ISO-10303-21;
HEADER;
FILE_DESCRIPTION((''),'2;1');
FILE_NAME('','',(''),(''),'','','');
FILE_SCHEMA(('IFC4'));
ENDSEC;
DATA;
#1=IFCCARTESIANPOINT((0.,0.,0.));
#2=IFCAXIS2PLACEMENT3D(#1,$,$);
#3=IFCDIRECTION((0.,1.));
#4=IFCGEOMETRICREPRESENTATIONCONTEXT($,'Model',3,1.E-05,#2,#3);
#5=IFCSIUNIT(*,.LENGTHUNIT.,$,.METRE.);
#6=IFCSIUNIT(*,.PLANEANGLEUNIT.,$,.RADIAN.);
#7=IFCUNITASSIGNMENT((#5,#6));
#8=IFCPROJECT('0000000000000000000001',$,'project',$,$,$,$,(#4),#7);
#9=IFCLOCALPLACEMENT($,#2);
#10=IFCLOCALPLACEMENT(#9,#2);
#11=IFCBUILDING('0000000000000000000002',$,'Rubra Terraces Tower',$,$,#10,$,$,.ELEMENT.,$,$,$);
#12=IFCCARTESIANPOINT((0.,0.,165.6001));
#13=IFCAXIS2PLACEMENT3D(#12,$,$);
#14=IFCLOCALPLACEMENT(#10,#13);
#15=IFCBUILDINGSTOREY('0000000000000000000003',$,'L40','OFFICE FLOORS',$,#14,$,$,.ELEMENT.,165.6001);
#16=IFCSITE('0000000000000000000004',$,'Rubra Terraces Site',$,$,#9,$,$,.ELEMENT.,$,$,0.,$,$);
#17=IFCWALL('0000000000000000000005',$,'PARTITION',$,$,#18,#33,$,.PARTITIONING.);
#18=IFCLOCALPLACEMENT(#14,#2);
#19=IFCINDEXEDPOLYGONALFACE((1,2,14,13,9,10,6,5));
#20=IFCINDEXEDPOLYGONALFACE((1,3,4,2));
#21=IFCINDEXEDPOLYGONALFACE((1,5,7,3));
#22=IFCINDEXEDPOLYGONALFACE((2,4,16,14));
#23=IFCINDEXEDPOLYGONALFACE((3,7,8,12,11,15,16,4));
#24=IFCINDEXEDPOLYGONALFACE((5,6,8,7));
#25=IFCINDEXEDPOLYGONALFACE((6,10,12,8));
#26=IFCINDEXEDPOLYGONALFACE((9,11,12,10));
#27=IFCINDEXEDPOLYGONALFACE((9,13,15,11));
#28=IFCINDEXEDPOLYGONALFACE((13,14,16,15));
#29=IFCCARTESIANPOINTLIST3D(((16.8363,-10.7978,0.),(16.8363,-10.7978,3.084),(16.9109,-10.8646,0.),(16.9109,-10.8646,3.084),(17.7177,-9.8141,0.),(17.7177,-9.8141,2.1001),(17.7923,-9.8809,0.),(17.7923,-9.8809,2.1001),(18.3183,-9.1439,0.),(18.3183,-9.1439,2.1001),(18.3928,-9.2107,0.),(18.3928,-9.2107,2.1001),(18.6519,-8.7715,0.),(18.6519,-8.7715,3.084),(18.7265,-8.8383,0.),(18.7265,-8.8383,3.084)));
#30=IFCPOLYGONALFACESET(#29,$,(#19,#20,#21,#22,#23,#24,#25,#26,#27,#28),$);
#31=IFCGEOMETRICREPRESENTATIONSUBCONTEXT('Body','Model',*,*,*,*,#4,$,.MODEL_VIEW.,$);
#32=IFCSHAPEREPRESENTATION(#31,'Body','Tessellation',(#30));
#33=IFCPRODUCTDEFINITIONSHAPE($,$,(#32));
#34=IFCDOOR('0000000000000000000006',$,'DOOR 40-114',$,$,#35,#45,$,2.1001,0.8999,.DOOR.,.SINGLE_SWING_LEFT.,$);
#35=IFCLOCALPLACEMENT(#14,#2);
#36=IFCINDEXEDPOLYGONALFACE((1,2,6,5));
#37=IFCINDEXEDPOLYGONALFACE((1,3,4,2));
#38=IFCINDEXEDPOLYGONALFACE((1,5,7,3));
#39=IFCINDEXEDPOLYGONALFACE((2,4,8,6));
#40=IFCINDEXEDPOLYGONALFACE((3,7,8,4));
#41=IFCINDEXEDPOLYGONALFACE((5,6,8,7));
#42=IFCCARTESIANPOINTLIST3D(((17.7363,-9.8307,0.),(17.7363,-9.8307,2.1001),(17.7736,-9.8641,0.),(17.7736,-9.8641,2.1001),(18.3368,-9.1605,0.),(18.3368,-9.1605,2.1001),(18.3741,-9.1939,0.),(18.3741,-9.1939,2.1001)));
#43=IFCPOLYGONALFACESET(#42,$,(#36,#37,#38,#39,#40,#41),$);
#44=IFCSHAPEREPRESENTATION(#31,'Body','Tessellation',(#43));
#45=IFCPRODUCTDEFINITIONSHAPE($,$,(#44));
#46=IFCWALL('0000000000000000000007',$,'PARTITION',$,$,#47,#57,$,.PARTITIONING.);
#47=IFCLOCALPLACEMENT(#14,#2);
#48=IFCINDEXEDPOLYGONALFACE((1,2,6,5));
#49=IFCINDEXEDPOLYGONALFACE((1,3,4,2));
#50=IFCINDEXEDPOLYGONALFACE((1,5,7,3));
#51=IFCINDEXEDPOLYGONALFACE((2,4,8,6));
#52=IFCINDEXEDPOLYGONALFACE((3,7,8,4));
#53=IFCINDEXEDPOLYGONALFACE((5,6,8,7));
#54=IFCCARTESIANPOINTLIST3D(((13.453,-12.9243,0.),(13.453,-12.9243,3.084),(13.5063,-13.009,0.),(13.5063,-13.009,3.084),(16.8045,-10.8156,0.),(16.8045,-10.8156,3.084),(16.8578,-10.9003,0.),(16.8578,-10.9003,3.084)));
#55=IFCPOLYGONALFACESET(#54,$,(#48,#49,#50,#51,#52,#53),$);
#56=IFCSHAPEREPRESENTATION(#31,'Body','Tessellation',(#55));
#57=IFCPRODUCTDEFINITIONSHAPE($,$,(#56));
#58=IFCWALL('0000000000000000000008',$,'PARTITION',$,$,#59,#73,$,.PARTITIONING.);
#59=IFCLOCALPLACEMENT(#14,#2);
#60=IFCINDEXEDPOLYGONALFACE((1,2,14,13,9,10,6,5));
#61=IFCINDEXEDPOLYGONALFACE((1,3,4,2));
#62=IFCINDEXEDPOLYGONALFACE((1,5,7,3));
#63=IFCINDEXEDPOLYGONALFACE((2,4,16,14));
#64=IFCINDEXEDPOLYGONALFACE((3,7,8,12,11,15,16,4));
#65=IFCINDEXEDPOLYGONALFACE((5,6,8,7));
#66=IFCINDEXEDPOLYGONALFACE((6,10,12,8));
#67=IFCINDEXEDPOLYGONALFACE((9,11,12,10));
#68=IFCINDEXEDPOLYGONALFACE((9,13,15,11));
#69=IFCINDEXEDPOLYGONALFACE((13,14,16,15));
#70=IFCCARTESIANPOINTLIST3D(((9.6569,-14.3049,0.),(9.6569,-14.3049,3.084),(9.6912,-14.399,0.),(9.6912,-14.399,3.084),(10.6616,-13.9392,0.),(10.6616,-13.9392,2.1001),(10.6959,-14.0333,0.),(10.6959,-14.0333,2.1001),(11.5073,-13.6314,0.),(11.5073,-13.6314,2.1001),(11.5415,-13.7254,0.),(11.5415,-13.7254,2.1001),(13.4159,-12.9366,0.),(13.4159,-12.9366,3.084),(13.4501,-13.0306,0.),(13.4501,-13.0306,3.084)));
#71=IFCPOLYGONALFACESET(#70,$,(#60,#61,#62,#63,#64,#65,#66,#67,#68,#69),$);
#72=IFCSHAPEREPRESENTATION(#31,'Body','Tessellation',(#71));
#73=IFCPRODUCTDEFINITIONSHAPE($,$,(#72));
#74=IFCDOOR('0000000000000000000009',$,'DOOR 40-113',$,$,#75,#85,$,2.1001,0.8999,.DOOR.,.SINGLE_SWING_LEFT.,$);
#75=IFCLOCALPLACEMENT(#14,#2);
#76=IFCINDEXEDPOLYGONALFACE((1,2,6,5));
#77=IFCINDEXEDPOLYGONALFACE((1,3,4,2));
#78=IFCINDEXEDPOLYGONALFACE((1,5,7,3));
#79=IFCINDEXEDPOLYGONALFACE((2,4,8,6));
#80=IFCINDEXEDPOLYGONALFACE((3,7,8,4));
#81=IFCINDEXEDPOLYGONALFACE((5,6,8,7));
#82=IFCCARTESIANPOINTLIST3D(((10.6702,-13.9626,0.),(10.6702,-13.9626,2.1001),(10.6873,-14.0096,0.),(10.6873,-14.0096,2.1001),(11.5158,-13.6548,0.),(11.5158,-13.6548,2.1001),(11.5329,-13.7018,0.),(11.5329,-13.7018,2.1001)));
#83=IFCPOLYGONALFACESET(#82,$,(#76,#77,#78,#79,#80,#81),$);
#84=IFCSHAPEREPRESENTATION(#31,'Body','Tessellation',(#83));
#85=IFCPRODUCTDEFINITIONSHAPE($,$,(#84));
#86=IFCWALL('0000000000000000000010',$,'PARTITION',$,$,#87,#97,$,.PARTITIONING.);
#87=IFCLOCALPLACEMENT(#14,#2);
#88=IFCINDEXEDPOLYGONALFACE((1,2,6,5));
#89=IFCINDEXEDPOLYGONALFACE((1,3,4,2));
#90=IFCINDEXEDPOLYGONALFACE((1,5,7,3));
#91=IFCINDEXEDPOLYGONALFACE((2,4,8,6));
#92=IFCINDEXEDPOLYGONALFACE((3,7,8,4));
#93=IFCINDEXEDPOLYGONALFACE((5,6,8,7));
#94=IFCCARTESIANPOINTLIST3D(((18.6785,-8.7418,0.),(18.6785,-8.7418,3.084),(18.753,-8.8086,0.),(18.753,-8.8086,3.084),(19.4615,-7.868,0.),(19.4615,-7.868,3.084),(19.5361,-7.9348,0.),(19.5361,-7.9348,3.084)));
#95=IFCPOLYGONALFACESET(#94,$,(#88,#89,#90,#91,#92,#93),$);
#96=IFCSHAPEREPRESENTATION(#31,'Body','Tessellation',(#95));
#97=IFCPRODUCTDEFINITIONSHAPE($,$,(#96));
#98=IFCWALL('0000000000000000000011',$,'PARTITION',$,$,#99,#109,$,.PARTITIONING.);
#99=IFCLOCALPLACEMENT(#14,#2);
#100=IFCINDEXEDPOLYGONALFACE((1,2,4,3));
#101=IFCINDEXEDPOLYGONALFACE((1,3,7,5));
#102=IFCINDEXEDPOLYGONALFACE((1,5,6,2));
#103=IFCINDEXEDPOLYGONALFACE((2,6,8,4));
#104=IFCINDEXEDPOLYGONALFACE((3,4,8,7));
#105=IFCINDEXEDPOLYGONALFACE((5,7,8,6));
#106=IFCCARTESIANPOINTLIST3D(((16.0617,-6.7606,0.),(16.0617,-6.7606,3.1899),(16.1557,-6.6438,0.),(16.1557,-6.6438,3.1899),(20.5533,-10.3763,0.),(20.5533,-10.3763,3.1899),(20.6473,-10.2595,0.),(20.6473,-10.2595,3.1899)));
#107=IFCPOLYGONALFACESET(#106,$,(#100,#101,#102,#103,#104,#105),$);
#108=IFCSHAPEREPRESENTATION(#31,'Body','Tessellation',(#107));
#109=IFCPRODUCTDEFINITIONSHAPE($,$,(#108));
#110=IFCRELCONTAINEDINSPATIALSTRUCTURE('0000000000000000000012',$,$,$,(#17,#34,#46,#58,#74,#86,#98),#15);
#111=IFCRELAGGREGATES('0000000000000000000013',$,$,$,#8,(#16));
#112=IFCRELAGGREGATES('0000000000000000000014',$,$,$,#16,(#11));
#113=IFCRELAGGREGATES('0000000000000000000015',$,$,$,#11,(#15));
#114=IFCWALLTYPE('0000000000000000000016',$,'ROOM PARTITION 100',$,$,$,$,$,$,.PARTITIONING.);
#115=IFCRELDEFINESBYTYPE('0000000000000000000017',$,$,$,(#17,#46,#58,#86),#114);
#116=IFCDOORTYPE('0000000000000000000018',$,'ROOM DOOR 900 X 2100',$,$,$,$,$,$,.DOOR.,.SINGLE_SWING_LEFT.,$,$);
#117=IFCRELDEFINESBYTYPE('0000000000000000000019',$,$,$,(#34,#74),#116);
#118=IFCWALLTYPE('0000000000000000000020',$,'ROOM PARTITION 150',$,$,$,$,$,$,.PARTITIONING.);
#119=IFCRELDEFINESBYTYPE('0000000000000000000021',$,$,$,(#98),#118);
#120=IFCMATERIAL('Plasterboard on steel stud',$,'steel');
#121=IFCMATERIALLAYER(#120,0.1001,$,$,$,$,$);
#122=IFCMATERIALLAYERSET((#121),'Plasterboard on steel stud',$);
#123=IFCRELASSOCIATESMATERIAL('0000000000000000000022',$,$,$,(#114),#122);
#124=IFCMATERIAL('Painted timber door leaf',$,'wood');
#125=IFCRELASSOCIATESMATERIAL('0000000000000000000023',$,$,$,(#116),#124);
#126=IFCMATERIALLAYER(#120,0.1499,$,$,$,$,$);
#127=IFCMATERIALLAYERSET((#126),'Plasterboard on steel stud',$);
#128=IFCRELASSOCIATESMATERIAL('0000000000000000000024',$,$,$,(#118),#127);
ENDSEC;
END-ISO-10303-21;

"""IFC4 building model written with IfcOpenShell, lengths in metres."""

from ifc_helpers import new_model, si_unit, direction, frame, frame_2d, origin, place, context, subcontext, project, spatial, rectangle, extrude, material, layer, layer_set, type_object, element, fill, save


model = new_model("IFC4")

# Units and contexts
model_context = context("Model", 3, precision=1e-05, world=origin(), true_north=direction((0.0, 1.0)))
body_context = subcontext(model_context, "Body", "Model", "MODEL_VIEW")
ifc_project = project(units=[si_unit("LENGTHUNIT", "METRE"), si_unit("PLANEANGLEUNIT", "RADIAN")], contexts=[model_context])

# Site, building, storey
site_placement = place(None, origin())
site = spatial("IfcSite", under=ifc_project, at=site_placement, Name="Rubra Terraces Site", CompositionType="ELEMENT", RefElevation=0.0)
building_placement = place(site_placement, origin())
building = spatial("IfcBuilding", under=site, at=building_placement, Name="Rubra Terraces Tower", CompositionType="ELEMENT")
storey_placement = place(building_placement, frame((0.0, 0.0, 165.6001)))
storey = spatial("IfcBuildingStorey", under=building, at=storey_placement, Name="L40", Description="OFFICE FLOORS", CompositionType="ELEMENT", Elevation=165.6001)

# Wall, opening, door
ifc_material_1 = material(Name="Plasterboard on steel stud", Category="steel")
ifc_layer_1 = layer(ifc_material_1, 0.1001)
ifc_layer_set_1 = layer_set([ifc_layer_1], Name="Plasterboard on steel stud")
wall_type_1 = type_object("IfcWallType", Name="ROOM PARTITION 100", PredefinedType="PARTITIONING", material=ifc_layer_set_1)
wall_1_placement = place(storey_placement, frame((18.6892, -8.8049, 0.0), z_axis=(0.0, 0.0, 1.0), x_axis=(-0.667327, -0.744765, 0.0)))
wall_1 = element("IfcWall", 1, at=wall_1_placement, inside=storey, type_object=wall_type_1, Name="PARTITION", PredefinedType="PARTITIONING", context=body_context, shape_type="SweptSolid", body=[
    extrude(rectangle(XDim=2.7207, YDim=0.1001, at=frame_2d((1.3604, 0.0))), origin(), (0.0, 0.0, 1.0), 3.084),
])
opening_1_placement = place(wall_1_placement, frame((0.5, 0.0, 0.0)))
opening_1 = element("IfcOpeningElement", 2, at=opening_1_placement, cuts=wall_1, PredefinedType="OPENING", context=body_context, shape_type="SweptSolid", body=[
    extrude(rectangle(XDim=0.8999, YDim=2.1001, at=frame_2d((0.45, 1.05))), frame((0.0, 0.0601, 0.0), z_axis=(0.0, -1.0, 0.0), x_axis=(1.0, 0.0, 0.0)), (0.0, 0.0, 1.0), 0.1201),
])
ifc_material_2 = material(Name="Painted timber door leaf", Category="wood")
door_type = type_object("IfcDoorType", Name="ROOM DOOR 900 X 2100", OperationType="SINGLE_SWING_LEFT", PredefinedType="DOOR", material=ifc_material_2)
door_1_placement = place(opening_1_placement, origin())
door_1 = element("IfcDoor", 3, at=door_1_placement, inside=storey, type_object=door_type, Name="DOOR 40-114", OperationType="SINGLE_SWING_LEFT", OverallHeight=2.1001, OverallWidth=0.8999, PredefinedType="DOOR", context=body_context, shape_type="SweptSolid", body=[
    extrude(rectangle(XDim=0.8999, YDim=2.1001, at=frame_2d((0.45, 1.05))), frame((0.0, 0.0249, 0.0), z_axis=(0.0, -1.0, 0.0), x_axis=(1.0, 0.0, 0.0)), (0.0, 0.0, 1.0), 0.05),
])
fill(opening_1, door_1)

# Wall
wall_2_placement = place(storey_placement, frame((16.8313, -10.8579, 0.0), z_axis=(0.0, 0.0, 1.0), x_axis=(-0.846415, -0.532524, 0.0)))
element("IfcWall", 4, at=wall_2_placement, inside=storey, type_object=wall_type_1, Name="PARTITION", PredefinedType="PARTITIONING", context=body_context, shape_type="SweptSolid", body=[
    extrude(rectangle(XDim=3.9597, YDim=0.1001, at=frame_2d((1.98, 0.0))), origin(), (0.0, 0.0, 1.0), 3.084),
])

# Wall, opening, door
wall_3_placement = place(storey_placement, frame((13.4329, -12.9836, 0.0), z_axis=(0.0, 0.0, 1.0), x_axis=(-0.939674, -0.342071, 0.0)))
wall_3 = element("IfcWall", 5, at=wall_3_placement, inside=storey, type_object=wall_type_1, Name="PARTITION", PredefinedType="PARTITIONING", context=body_context, shape_type="SweptSolid", body=[
    extrude(rectangle(XDim=4.0002, YDim=0.1001, at=frame_2d((2.0, 0.0))), origin(), (0.0, 0.0, 1.0), 3.084),
])
opening_2_placement = place(wall_3_placement, frame((2.031, 0.0, 0.0)))
opening_2 = element("IfcOpeningElement", 6, at=opening_2_placement, cuts=wall_3, PredefinedType="OPENING", context=body_context, shape_type="SweptSolid", body=[
    extrude(rectangle(XDim=0.8999, YDim=2.1001, at=frame_2d((0.45, 1.05))), frame((0.0, 0.0601, 0.0), z_axis=(0.0, -1.0, 0.0), x_axis=(1.0, 0.0, 0.0)), (0.0, 0.0, 1.0), 0.1201),
])
door_2_placement = place(opening_2_placement, origin())
door_2 = element("IfcDoor", 7, at=door_2_placement, inside=storey, type_object=door_type, Name="DOOR 40-113", OperationType="SINGLE_SWING_LEFT", OverallHeight=2.1001, OverallWidth=0.8999, PredefinedType="DOOR", context=body_context, shape_type="SweptSolid", body=[
    extrude(rectangle(XDim=0.8999, YDim=2.1001, at=frame_2d((0.45, 1.05))), frame((0.0, 0.0249, 0.0), z_axis=(0.0, -1.0, 0.0), x_axis=(1.0, 0.0, 0.0)), (0.0, 0.0, 1.0), 0.05),
])
fill(opening_2, door_2)

# Walls
wall_4_placement = place(storey_placement, frame((19.4988, -7.9014, 0.0), z_axis=(0.0, 0.0, 1.0), x_axis=(-0.667342, -0.744751, 0.0)))
element("IfcWall", 8, at=wall_4_placement, inside=storey, type_object=wall_type_1, Name="PARTITION", PredefinedType="PARTITIONING", context=body_context, shape_type="SweptSolid", body=[
    extrude(rectangle(XDim=1.1733, YDim=0.1001, at=frame_2d((0.5867, 0.0))), origin(), (0.0, 0.0, 1.0), 3.084),
])
ifc_layer_2 = layer(ifc_material_1, 0.1499)
ifc_layer_set_2 = layer_set([ifc_layer_2], Name="Plasterboard on steel stud")
wall_type_2 = type_object("IfcWallType", Name="ROOM PARTITION 150", PredefinedType="PARTITIONING", material=ifc_layer_set_2)
wall_5_placement = place(storey_placement, frame((20.6003, -10.3179, 0.0), z_axis=(0.0, 0.0, 1.0), x_axis=(-0.778973, 0.627057, 0.0)))
element("IfcWall", 9, at=wall_5_placement, inside=storey, type_object=wall_type_2, Name="PARTITION", PredefinedType="PARTITIONING", context=body_context, shape_type="SweptSolid", body=[
    extrude(rectangle(XDim=5.7661, YDim=0.1499, at=frame_2d((2.8831, 0.0))), origin(), (0.0, 0.0, 1.0), 3.1899),
])

save(model, "model.ifc")
